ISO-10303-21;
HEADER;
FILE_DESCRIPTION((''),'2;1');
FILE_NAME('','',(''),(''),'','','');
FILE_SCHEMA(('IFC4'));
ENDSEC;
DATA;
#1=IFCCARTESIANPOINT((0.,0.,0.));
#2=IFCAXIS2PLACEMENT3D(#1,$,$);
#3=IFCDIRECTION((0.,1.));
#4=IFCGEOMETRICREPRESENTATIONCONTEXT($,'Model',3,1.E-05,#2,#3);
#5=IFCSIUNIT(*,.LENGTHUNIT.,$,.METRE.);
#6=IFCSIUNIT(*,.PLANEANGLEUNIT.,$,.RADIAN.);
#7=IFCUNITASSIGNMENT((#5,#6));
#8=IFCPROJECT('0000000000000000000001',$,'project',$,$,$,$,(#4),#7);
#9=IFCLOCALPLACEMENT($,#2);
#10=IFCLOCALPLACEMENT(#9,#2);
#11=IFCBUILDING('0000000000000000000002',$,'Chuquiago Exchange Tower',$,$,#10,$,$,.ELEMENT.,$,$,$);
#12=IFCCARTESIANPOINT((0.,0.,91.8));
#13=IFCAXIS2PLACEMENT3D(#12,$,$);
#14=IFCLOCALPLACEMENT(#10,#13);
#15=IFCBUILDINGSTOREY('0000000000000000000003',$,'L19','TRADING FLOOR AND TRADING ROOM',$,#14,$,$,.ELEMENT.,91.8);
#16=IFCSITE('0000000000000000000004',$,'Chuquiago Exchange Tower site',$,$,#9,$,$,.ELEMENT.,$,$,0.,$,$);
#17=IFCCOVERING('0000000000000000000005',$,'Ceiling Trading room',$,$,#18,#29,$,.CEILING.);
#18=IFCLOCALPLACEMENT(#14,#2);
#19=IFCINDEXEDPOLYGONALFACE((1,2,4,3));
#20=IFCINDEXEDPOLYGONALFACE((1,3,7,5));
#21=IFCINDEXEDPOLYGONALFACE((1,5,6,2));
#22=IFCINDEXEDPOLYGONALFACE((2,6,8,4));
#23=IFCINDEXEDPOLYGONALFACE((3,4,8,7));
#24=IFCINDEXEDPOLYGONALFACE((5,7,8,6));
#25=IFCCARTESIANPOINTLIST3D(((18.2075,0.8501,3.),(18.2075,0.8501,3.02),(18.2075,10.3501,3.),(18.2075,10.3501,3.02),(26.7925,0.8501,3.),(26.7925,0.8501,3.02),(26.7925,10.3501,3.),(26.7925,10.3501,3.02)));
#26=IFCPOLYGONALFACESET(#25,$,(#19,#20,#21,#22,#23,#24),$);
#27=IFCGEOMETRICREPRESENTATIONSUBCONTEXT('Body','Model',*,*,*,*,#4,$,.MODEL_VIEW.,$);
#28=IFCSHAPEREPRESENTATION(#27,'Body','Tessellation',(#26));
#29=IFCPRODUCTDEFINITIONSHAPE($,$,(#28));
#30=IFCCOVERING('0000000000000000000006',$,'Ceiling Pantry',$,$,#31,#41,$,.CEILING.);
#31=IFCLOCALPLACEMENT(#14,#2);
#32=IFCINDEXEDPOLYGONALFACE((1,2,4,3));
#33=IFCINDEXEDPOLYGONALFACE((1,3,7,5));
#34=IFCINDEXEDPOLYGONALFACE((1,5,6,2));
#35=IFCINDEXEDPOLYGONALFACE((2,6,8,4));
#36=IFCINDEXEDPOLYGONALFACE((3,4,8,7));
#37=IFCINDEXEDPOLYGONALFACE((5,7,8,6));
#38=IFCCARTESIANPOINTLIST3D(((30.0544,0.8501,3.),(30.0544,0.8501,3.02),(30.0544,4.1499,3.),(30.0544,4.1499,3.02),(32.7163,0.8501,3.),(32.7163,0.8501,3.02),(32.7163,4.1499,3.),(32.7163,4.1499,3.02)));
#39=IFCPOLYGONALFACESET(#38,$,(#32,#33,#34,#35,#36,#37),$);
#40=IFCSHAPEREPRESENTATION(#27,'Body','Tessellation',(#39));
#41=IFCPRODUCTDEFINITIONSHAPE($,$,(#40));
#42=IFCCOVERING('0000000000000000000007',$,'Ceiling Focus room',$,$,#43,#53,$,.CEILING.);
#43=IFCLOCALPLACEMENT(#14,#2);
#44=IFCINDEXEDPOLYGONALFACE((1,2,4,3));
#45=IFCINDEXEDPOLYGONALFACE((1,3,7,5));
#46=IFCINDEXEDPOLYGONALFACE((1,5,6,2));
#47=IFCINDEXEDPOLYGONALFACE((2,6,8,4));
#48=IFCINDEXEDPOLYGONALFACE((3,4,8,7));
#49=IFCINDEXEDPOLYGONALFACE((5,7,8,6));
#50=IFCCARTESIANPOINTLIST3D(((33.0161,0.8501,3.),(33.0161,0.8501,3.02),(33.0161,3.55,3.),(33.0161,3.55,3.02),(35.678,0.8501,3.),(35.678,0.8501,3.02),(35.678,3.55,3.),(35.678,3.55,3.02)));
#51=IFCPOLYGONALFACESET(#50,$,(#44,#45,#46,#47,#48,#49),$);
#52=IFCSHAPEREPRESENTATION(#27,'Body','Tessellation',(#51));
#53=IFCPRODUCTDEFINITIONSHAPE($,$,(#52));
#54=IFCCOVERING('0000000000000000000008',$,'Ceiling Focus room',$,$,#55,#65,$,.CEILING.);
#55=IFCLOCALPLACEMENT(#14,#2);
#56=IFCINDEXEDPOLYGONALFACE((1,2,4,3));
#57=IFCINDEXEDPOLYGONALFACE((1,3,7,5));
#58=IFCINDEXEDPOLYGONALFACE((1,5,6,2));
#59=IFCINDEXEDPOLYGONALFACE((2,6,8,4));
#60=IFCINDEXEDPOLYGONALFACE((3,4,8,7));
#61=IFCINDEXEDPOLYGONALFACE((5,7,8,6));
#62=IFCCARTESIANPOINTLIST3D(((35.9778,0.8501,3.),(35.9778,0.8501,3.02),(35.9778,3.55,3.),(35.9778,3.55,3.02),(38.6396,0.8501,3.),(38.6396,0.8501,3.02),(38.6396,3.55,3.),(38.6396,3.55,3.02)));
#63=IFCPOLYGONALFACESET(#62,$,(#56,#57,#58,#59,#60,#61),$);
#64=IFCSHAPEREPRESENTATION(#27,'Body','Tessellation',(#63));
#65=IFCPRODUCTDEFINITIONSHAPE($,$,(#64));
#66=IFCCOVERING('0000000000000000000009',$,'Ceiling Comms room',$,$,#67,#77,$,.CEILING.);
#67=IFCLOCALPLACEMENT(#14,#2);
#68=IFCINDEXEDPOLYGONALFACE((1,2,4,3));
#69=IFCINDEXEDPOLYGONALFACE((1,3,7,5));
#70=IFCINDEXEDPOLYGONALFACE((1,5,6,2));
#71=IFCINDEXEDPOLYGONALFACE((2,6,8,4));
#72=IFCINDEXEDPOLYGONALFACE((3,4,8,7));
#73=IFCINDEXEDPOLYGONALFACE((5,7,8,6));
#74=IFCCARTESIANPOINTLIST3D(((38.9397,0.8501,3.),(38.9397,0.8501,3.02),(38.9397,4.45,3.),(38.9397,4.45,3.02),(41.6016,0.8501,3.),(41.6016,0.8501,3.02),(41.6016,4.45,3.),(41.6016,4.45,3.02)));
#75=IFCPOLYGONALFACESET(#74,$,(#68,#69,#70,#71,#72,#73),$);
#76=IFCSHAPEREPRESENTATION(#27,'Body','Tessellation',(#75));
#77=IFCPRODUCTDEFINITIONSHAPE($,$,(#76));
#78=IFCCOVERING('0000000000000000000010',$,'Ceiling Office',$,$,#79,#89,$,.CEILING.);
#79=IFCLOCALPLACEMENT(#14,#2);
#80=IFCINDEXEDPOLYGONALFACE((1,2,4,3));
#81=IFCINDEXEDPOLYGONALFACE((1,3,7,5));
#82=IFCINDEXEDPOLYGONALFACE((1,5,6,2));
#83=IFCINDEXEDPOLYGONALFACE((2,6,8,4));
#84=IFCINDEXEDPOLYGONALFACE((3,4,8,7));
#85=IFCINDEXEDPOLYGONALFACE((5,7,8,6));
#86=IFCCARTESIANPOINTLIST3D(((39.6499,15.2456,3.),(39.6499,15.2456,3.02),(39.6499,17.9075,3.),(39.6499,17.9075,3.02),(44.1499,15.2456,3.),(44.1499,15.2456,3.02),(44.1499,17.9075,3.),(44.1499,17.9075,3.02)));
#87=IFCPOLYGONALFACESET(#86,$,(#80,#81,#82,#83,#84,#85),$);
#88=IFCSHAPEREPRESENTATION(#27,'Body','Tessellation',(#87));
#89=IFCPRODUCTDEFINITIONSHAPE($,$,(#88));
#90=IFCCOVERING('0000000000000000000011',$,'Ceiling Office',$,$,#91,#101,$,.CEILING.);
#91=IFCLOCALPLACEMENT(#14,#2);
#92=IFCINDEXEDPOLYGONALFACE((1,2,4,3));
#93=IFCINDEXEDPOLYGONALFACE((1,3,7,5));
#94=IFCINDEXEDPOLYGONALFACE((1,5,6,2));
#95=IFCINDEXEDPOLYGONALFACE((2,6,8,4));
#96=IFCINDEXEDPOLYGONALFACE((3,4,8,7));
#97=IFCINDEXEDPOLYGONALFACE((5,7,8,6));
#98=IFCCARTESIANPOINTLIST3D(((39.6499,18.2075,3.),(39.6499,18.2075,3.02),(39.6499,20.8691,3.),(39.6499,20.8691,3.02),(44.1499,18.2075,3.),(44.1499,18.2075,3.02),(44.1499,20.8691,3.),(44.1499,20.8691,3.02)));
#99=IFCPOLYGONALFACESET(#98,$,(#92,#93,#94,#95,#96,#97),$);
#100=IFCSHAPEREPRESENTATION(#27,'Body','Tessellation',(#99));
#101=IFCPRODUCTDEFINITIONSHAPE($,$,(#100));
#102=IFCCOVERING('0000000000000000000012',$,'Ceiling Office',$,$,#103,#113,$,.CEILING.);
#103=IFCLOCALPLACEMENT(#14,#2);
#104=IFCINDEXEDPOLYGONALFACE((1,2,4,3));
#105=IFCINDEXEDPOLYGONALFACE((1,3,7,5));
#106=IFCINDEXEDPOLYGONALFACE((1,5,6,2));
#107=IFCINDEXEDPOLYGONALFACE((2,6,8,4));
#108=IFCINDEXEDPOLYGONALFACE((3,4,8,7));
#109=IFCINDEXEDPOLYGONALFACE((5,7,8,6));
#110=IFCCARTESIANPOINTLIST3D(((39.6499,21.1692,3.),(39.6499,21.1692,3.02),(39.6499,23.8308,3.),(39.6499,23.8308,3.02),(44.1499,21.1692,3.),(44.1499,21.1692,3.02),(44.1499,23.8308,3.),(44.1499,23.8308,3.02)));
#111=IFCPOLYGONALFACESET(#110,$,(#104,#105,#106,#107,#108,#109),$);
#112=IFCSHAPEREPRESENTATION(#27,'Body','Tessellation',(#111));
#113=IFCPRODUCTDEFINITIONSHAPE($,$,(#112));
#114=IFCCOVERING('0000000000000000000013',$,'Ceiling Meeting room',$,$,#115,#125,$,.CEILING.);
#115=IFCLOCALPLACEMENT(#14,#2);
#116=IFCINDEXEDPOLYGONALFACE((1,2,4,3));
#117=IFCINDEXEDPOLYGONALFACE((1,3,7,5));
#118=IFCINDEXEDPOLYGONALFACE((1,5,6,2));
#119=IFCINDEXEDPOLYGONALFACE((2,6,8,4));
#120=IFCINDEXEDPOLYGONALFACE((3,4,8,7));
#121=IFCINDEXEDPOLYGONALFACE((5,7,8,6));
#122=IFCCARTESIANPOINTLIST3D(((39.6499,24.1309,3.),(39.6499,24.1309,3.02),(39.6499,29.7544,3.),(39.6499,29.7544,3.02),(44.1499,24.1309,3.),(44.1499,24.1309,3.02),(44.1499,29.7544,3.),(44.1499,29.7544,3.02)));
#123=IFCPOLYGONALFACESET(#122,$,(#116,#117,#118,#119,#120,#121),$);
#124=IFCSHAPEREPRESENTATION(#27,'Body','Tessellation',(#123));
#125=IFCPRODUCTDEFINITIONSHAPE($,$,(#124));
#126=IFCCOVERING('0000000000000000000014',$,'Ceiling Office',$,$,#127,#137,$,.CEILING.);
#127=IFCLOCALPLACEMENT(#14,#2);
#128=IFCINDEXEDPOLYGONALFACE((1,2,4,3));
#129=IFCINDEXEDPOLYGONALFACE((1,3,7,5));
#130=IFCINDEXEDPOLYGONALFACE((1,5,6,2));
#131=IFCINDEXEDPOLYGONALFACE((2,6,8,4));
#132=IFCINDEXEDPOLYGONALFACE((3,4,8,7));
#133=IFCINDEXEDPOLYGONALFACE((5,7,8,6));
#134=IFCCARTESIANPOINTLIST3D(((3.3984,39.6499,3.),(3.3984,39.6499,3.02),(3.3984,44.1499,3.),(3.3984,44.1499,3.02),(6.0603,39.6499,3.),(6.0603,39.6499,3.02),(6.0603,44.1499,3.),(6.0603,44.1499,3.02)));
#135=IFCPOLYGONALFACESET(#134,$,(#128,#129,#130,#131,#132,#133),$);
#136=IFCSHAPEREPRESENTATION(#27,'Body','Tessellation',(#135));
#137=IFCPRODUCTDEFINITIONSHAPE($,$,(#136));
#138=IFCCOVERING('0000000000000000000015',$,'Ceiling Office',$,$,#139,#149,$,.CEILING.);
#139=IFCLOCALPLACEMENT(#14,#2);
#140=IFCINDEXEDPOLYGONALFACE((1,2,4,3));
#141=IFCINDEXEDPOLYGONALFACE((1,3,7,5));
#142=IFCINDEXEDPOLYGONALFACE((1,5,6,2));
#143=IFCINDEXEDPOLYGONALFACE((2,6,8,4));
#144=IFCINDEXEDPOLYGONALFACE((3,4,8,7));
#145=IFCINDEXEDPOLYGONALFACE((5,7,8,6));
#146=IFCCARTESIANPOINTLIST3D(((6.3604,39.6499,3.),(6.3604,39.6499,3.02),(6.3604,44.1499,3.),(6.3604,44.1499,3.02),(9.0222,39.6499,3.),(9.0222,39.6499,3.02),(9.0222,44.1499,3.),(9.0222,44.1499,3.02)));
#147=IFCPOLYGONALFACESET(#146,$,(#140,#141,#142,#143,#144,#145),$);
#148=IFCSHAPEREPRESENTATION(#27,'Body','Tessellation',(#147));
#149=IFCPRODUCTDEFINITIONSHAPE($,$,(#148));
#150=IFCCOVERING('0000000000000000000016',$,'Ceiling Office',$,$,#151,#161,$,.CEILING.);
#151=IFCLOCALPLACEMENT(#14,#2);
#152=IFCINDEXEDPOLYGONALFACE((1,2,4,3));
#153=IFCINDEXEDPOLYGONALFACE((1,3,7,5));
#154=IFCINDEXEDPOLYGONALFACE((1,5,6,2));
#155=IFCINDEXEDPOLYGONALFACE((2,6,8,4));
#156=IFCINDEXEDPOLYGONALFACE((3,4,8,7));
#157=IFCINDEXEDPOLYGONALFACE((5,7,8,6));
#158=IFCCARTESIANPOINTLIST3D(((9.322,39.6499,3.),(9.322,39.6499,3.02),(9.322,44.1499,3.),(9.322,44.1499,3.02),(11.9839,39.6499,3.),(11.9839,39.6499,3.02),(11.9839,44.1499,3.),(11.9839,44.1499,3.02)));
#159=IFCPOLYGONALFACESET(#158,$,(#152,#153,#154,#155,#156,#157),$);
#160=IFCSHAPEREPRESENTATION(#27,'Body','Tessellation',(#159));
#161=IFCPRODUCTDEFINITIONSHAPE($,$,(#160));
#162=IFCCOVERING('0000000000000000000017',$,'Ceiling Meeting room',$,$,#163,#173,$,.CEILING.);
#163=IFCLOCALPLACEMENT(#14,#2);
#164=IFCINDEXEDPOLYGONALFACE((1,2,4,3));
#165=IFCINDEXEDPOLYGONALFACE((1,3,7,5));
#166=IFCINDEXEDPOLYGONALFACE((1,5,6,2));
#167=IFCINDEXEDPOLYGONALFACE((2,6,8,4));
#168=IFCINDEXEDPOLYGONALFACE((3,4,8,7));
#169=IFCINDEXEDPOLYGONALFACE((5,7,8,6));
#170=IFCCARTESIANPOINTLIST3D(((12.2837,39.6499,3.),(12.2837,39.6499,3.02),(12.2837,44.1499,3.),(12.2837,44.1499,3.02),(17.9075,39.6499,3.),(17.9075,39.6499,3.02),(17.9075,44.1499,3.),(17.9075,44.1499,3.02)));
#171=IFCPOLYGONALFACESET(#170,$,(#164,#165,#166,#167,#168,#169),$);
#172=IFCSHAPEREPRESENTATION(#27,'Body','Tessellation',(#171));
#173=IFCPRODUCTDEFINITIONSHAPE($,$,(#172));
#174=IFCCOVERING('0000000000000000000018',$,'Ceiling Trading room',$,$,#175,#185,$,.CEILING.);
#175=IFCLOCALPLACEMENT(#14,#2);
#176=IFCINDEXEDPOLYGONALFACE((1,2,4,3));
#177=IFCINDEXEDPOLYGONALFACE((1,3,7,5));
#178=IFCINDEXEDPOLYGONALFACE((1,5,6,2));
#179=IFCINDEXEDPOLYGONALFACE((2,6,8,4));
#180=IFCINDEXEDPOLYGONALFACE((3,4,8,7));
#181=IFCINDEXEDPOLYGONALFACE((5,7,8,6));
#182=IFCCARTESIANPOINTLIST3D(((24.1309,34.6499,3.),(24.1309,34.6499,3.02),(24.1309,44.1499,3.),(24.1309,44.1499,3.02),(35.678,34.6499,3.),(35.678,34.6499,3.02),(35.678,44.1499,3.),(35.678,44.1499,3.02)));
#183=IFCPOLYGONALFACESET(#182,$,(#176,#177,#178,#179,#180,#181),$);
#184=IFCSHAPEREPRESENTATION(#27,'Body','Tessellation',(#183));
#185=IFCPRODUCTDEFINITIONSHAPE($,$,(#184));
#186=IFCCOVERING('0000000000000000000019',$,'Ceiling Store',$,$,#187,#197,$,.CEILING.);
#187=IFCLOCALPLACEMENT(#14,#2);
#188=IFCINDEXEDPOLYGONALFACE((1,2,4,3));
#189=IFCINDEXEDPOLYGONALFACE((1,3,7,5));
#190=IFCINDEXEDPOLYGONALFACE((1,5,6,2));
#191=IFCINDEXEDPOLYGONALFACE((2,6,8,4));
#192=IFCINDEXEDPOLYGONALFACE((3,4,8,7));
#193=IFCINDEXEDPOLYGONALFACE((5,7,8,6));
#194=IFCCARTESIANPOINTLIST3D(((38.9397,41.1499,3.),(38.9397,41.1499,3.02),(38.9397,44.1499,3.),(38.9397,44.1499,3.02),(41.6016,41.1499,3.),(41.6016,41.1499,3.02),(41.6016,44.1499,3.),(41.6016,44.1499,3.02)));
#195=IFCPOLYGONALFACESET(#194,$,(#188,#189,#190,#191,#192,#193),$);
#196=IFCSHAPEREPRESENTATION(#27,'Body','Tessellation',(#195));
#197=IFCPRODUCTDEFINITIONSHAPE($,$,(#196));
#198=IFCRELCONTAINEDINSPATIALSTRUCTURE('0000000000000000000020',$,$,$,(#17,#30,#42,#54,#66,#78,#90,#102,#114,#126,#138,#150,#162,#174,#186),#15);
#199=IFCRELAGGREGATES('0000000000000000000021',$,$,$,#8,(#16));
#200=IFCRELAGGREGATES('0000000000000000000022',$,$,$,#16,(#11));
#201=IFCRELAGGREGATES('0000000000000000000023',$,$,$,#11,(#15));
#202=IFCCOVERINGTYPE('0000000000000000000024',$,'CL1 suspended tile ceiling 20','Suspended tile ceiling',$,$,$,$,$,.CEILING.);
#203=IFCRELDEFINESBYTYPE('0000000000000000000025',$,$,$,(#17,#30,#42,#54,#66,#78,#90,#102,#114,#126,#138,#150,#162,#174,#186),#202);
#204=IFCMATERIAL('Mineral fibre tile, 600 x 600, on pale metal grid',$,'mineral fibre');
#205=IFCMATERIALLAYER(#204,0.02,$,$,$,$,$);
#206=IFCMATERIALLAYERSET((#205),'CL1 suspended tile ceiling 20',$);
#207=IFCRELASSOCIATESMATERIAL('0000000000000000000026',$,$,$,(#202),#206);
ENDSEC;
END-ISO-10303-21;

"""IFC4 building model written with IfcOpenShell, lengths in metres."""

from ifc_helpers import new_model, si_unit, direction, frame, origin, place, context, subcontext, project, spatial, polyline, outline, extrude, material, layer, layer_set, type_object, element, save


model = new_model("IFC4")

# Units and contexts
model_context = context("Model", 3, precision=1e-05, world=origin(), true_north=direction((0.0, 1.0)))
body_context = subcontext(model_context, "Body", "Model", "MODEL_VIEW")
ifc_project = project(units=[si_unit("LENGTHUNIT", "METRE"), si_unit("PLANEANGLEUNIT", "RADIAN")], contexts=[model_context])

# Site, building, storey
site_placement = place(None, origin())
site = spatial("IfcSite", under=ifc_project, at=site_placement, Name="Chuquiago Exchange Tower site", CompositionType="ELEMENT", RefElevation=0.0)
building_placement = place(site_placement, origin())
building = spatial("IfcBuilding", under=site, at=building_placement, Name="Chuquiago Exchange Tower", CompositionType="ELEMENT")
storey_placement = place(building_placement, frame((0.0, 0.0, 91.8)))
storey = spatial("IfcBuildingStorey", under=building, at=storey_placement, Name="L19", Description="TRADING FLOOR AND TRADING ROOM", CompositionType="ELEMENT", Elevation=91.8)

# Coverings
ifc_material_1 = material(Name="Mineral fibre tile, 600 x 600, on pale metal grid", Category="mineral fibre")
ifc_layer_1 = layer(ifc_material_1, 0.02)
ifc_layer_set_1 = layer_set([ifc_layer_1], Name="CL1 suspended tile ceiling 20")
covering_type_1 = type_object("IfcCoveringType", Name="CL1 suspended tile ceiling 20", Description="Suspended tile ceiling", PredefinedType="CEILING", material=ifc_layer_set_1)
covering_1_placement = place(storey_placement, frame((0.0, 0.0, 3.0)))
element("IfcCovering", 1, at=covering_1_placement, inside=storey, type_object=covering_type_1, Name="Ceiling Trading room", PredefinedType="CEILING", context=body_context, shape_type="SweptSolid", body=[
    extrude(outline(polyline([(18.2075, 10.3501), (26.7925, 10.3501), (26.7925, 0.8501), (18.2075, 0.8501), (18.2075, 10.3501)])), origin(), (0.0, 0.0, 1.0), 0.02),
])
covering_2_placement = place(storey_placement, frame((0.0, 0.0, 3.0)))
element("IfcCovering", 2, at=covering_2_placement, inside=storey, type_object=covering_type_1, Name="Ceiling Pantry", PredefinedType="CEILING", context=body_context, shape_type="SweptSolid", body=[
    extrude(outline(polyline([(30.0544, 4.1499), (32.7163, 4.1499), (32.7163, 0.8501), (30.0544, 0.8501), (30.0544, 4.1499)])), origin(), (0.0, 0.0, 1.0), 0.02),
])
covering_3_placement = place(storey_placement, frame((0.0, 0.0, 3.0)))
element("IfcCovering", 3, at=covering_3_placement, inside=storey, type_object=covering_type_1, Name="Ceiling Focus room", PredefinedType="CEILING", context=body_context, shape_type="SweptSolid", body=[
    extrude(outline(polyline([(33.0161, 3.55), (35.678, 3.55), (35.678, 0.8501), (33.0161, 0.8501), (33.0161, 3.55)])), origin(), (0.0, 0.0, 1.0), 0.02),
])
covering_4_placement = place(storey_placement, frame((0.0, 0.0, 3.0)))
element("IfcCovering", 4, at=covering_4_placement, inside=storey, type_object=covering_type_1, Name="Ceiling Focus room", PredefinedType="CEILING", context=body_context, shape_type="SweptSolid", body=[
    extrude(outline(polyline([(35.9778, 3.55), (38.6396, 3.55), (38.6396, 0.8501), (35.9778, 0.8501), (35.9778, 3.55)])), origin(), (0.0, 0.0, 1.0), 0.02),
])
covering_5_placement = place(storey_placement, frame((0.0, 0.0, 3.0)))
element("IfcCovering", 5, at=covering_5_placement, inside=storey, type_object=covering_type_1, Name="Ceiling Comms room", PredefinedType="CEILING", context=body_context, shape_type="SweptSolid", body=[
    extrude(outline(polyline([(38.9397, 0.8501), (38.9397, 4.45), (41.6016, 4.45), (41.6016, 0.8501), (38.9397, 0.8501)])), origin(), (0.0, 0.0, 1.0), 0.02),
])
covering_6_placement = place(storey_placement, frame((0.0, 0.0, 3.0)))
element("IfcCovering", 6, at=covering_6_placement, inside=storey, type_object=covering_type_1, Name="Ceiling Office", PredefinedType="CEILING", context=body_context, shape_type="SweptSolid", body=[
    extrude(outline(polyline([(39.6499, 15.2456), (39.6499, 17.9075), (44.1499, 17.9075), (44.1499, 15.2456), (39.6499, 15.2456)])), origin(), (0.0, 0.0, 1.0), 0.02),
])
covering_7_placement = place(storey_placement, frame((0.0, 0.0, 3.0)))
element("IfcCovering", 7, at=covering_7_placement, inside=storey, type_object=covering_type_1, Name="Ceiling Office", PredefinedType="CEILING", context=body_context, shape_type="SweptSolid", body=[
    extrude(outline(polyline([(39.6499, 18.2075), (39.6499, 20.8691), (44.1499, 20.8691), (44.1499, 18.2075), (39.6499, 18.2075)])), origin(), (0.0, 0.0, 1.0), 0.02),
])
covering_8_placement = place(storey_placement, frame((0.0, 0.0, 3.0)))
element("IfcCovering", 8, at=covering_8_placement, inside=storey, type_object=covering_type_1, Name="Ceiling Office", PredefinedType="CEILING", context=body_context, shape_type="SweptSolid", body=[
    extrude(outline(polyline([(39.6499, 21.1692), (39.6499, 23.8308), (44.1499, 23.8308), (44.1499, 21.1692), (39.6499, 21.1692)])), origin(), (0.0, 0.0, 1.0), 0.02),
])
covering_9_placement = place(storey_placement, frame((0.0, 0.0, 3.0)))
element("IfcCovering", 9, at=covering_9_placement, inside=storey, type_object=covering_type_1, Name="Ceiling Meeting room", PredefinedType="CEILING", context=body_context, shape_type="SweptSolid", body=[
    extrude(outline(polyline([(39.6499, 24.1309), (39.6499, 29.7544), (44.1499, 29.7544), (44.1499, 24.1309), (39.6499, 24.1309)])), origin(), (0.0, 0.0, 1.0), 0.02),
])
covering_10_placement = place(storey_placement, frame((0.0, 0.0, 3.0)))
element("IfcCovering", 10, at=covering_10_placement, inside=storey, type_object=covering_type_1, Name="Ceiling Office", PredefinedType="CEILING", context=body_context, shape_type="SweptSolid", body=[
    extrude(outline(polyline([(6.0603, 44.1499), (6.0603, 39.6499), (3.3984, 39.6499), (3.3984, 44.1499), (6.0603, 44.1499)])), origin(), (0.0, 0.0, 1.0), 0.02),
])
covering_11_placement = place(storey_placement, frame((0.0, 0.0, 3.0)))
element("IfcCovering", 11, at=covering_11_placement, inside=storey, type_object=covering_type_1, Name="Ceiling Office", PredefinedType="CEILING", context=body_context, shape_type="SweptSolid", body=[
    extrude(outline(polyline([(9.0222, 39.6499), (6.3604, 39.6499), (6.3604, 44.1499), (9.0222, 44.1499), (9.0222, 39.6499)])), origin(), (0.0, 0.0, 1.0), 0.02),
])
covering_12_placement = place(storey_placement, frame((0.0, 0.0, 3.0)))
element("IfcCovering", 12, at=covering_12_placement, inside=storey, type_object=covering_type_1, Name="Ceiling Office", PredefinedType="CEILING", context=body_context, shape_type="SweptSolid", body=[
    extrude(outline(polyline([(11.9839, 39.6499), (9.322, 39.6499), (9.322, 44.1499), (11.9839, 44.1499), (11.9839, 39.6499)])), origin(), (0.0, 0.0, 1.0), 0.02),
])
covering_13_placement = place(storey_placement, frame((0.0, 0.0, 3.0)))
element("IfcCovering", 13, at=covering_13_placement, inside=storey, type_object=covering_type_1, Name="Ceiling Meeting room", PredefinedType="CEILING", context=body_context, shape_type="SweptSolid", body=[
    extrude(outline(polyline([(17.9075, 39.6499), (12.2837, 39.6499), (12.2837, 44.1499), (17.9075, 44.1499), (17.9075, 39.6499)])), origin(), (0.0, 0.0, 1.0), 0.02),
])
covering_14_placement = place(storey_placement, frame((0.0, 0.0, 3.0)))
element("IfcCovering", 14, at=covering_14_placement, inside=storey, type_object=covering_type_1, Name="Ceiling Trading room", PredefinedType="CEILING", context=body_context, shape_type="SweptSolid", body=[
    extrude(outline(polyline([(35.678, 34.6499), (24.1309, 34.6499), (24.1309, 44.1499), (35.678, 44.1499), (35.678, 34.6499)])), origin(), (0.0, 0.0, 1.0), 0.02),
])
covering_15_placement = place(storey_placement, frame((0.0, 0.0, 3.0)))
element("IfcCovering", 15, at=covering_15_placement, inside=storey, type_object=covering_type_1, Name="Ceiling Store", PredefinedType="CEILING", context=body_context, shape_type="SweptSolid", body=[
    extrude(outline(polyline([(41.6016, 41.1499), (38.9397, 41.1499), (38.9397, 44.1499), (41.6016, 44.1499), (41.6016, 41.1499)])), origin(), (0.0, 0.0, 1.0), 0.02),
])

save(model, "model.ifc")
